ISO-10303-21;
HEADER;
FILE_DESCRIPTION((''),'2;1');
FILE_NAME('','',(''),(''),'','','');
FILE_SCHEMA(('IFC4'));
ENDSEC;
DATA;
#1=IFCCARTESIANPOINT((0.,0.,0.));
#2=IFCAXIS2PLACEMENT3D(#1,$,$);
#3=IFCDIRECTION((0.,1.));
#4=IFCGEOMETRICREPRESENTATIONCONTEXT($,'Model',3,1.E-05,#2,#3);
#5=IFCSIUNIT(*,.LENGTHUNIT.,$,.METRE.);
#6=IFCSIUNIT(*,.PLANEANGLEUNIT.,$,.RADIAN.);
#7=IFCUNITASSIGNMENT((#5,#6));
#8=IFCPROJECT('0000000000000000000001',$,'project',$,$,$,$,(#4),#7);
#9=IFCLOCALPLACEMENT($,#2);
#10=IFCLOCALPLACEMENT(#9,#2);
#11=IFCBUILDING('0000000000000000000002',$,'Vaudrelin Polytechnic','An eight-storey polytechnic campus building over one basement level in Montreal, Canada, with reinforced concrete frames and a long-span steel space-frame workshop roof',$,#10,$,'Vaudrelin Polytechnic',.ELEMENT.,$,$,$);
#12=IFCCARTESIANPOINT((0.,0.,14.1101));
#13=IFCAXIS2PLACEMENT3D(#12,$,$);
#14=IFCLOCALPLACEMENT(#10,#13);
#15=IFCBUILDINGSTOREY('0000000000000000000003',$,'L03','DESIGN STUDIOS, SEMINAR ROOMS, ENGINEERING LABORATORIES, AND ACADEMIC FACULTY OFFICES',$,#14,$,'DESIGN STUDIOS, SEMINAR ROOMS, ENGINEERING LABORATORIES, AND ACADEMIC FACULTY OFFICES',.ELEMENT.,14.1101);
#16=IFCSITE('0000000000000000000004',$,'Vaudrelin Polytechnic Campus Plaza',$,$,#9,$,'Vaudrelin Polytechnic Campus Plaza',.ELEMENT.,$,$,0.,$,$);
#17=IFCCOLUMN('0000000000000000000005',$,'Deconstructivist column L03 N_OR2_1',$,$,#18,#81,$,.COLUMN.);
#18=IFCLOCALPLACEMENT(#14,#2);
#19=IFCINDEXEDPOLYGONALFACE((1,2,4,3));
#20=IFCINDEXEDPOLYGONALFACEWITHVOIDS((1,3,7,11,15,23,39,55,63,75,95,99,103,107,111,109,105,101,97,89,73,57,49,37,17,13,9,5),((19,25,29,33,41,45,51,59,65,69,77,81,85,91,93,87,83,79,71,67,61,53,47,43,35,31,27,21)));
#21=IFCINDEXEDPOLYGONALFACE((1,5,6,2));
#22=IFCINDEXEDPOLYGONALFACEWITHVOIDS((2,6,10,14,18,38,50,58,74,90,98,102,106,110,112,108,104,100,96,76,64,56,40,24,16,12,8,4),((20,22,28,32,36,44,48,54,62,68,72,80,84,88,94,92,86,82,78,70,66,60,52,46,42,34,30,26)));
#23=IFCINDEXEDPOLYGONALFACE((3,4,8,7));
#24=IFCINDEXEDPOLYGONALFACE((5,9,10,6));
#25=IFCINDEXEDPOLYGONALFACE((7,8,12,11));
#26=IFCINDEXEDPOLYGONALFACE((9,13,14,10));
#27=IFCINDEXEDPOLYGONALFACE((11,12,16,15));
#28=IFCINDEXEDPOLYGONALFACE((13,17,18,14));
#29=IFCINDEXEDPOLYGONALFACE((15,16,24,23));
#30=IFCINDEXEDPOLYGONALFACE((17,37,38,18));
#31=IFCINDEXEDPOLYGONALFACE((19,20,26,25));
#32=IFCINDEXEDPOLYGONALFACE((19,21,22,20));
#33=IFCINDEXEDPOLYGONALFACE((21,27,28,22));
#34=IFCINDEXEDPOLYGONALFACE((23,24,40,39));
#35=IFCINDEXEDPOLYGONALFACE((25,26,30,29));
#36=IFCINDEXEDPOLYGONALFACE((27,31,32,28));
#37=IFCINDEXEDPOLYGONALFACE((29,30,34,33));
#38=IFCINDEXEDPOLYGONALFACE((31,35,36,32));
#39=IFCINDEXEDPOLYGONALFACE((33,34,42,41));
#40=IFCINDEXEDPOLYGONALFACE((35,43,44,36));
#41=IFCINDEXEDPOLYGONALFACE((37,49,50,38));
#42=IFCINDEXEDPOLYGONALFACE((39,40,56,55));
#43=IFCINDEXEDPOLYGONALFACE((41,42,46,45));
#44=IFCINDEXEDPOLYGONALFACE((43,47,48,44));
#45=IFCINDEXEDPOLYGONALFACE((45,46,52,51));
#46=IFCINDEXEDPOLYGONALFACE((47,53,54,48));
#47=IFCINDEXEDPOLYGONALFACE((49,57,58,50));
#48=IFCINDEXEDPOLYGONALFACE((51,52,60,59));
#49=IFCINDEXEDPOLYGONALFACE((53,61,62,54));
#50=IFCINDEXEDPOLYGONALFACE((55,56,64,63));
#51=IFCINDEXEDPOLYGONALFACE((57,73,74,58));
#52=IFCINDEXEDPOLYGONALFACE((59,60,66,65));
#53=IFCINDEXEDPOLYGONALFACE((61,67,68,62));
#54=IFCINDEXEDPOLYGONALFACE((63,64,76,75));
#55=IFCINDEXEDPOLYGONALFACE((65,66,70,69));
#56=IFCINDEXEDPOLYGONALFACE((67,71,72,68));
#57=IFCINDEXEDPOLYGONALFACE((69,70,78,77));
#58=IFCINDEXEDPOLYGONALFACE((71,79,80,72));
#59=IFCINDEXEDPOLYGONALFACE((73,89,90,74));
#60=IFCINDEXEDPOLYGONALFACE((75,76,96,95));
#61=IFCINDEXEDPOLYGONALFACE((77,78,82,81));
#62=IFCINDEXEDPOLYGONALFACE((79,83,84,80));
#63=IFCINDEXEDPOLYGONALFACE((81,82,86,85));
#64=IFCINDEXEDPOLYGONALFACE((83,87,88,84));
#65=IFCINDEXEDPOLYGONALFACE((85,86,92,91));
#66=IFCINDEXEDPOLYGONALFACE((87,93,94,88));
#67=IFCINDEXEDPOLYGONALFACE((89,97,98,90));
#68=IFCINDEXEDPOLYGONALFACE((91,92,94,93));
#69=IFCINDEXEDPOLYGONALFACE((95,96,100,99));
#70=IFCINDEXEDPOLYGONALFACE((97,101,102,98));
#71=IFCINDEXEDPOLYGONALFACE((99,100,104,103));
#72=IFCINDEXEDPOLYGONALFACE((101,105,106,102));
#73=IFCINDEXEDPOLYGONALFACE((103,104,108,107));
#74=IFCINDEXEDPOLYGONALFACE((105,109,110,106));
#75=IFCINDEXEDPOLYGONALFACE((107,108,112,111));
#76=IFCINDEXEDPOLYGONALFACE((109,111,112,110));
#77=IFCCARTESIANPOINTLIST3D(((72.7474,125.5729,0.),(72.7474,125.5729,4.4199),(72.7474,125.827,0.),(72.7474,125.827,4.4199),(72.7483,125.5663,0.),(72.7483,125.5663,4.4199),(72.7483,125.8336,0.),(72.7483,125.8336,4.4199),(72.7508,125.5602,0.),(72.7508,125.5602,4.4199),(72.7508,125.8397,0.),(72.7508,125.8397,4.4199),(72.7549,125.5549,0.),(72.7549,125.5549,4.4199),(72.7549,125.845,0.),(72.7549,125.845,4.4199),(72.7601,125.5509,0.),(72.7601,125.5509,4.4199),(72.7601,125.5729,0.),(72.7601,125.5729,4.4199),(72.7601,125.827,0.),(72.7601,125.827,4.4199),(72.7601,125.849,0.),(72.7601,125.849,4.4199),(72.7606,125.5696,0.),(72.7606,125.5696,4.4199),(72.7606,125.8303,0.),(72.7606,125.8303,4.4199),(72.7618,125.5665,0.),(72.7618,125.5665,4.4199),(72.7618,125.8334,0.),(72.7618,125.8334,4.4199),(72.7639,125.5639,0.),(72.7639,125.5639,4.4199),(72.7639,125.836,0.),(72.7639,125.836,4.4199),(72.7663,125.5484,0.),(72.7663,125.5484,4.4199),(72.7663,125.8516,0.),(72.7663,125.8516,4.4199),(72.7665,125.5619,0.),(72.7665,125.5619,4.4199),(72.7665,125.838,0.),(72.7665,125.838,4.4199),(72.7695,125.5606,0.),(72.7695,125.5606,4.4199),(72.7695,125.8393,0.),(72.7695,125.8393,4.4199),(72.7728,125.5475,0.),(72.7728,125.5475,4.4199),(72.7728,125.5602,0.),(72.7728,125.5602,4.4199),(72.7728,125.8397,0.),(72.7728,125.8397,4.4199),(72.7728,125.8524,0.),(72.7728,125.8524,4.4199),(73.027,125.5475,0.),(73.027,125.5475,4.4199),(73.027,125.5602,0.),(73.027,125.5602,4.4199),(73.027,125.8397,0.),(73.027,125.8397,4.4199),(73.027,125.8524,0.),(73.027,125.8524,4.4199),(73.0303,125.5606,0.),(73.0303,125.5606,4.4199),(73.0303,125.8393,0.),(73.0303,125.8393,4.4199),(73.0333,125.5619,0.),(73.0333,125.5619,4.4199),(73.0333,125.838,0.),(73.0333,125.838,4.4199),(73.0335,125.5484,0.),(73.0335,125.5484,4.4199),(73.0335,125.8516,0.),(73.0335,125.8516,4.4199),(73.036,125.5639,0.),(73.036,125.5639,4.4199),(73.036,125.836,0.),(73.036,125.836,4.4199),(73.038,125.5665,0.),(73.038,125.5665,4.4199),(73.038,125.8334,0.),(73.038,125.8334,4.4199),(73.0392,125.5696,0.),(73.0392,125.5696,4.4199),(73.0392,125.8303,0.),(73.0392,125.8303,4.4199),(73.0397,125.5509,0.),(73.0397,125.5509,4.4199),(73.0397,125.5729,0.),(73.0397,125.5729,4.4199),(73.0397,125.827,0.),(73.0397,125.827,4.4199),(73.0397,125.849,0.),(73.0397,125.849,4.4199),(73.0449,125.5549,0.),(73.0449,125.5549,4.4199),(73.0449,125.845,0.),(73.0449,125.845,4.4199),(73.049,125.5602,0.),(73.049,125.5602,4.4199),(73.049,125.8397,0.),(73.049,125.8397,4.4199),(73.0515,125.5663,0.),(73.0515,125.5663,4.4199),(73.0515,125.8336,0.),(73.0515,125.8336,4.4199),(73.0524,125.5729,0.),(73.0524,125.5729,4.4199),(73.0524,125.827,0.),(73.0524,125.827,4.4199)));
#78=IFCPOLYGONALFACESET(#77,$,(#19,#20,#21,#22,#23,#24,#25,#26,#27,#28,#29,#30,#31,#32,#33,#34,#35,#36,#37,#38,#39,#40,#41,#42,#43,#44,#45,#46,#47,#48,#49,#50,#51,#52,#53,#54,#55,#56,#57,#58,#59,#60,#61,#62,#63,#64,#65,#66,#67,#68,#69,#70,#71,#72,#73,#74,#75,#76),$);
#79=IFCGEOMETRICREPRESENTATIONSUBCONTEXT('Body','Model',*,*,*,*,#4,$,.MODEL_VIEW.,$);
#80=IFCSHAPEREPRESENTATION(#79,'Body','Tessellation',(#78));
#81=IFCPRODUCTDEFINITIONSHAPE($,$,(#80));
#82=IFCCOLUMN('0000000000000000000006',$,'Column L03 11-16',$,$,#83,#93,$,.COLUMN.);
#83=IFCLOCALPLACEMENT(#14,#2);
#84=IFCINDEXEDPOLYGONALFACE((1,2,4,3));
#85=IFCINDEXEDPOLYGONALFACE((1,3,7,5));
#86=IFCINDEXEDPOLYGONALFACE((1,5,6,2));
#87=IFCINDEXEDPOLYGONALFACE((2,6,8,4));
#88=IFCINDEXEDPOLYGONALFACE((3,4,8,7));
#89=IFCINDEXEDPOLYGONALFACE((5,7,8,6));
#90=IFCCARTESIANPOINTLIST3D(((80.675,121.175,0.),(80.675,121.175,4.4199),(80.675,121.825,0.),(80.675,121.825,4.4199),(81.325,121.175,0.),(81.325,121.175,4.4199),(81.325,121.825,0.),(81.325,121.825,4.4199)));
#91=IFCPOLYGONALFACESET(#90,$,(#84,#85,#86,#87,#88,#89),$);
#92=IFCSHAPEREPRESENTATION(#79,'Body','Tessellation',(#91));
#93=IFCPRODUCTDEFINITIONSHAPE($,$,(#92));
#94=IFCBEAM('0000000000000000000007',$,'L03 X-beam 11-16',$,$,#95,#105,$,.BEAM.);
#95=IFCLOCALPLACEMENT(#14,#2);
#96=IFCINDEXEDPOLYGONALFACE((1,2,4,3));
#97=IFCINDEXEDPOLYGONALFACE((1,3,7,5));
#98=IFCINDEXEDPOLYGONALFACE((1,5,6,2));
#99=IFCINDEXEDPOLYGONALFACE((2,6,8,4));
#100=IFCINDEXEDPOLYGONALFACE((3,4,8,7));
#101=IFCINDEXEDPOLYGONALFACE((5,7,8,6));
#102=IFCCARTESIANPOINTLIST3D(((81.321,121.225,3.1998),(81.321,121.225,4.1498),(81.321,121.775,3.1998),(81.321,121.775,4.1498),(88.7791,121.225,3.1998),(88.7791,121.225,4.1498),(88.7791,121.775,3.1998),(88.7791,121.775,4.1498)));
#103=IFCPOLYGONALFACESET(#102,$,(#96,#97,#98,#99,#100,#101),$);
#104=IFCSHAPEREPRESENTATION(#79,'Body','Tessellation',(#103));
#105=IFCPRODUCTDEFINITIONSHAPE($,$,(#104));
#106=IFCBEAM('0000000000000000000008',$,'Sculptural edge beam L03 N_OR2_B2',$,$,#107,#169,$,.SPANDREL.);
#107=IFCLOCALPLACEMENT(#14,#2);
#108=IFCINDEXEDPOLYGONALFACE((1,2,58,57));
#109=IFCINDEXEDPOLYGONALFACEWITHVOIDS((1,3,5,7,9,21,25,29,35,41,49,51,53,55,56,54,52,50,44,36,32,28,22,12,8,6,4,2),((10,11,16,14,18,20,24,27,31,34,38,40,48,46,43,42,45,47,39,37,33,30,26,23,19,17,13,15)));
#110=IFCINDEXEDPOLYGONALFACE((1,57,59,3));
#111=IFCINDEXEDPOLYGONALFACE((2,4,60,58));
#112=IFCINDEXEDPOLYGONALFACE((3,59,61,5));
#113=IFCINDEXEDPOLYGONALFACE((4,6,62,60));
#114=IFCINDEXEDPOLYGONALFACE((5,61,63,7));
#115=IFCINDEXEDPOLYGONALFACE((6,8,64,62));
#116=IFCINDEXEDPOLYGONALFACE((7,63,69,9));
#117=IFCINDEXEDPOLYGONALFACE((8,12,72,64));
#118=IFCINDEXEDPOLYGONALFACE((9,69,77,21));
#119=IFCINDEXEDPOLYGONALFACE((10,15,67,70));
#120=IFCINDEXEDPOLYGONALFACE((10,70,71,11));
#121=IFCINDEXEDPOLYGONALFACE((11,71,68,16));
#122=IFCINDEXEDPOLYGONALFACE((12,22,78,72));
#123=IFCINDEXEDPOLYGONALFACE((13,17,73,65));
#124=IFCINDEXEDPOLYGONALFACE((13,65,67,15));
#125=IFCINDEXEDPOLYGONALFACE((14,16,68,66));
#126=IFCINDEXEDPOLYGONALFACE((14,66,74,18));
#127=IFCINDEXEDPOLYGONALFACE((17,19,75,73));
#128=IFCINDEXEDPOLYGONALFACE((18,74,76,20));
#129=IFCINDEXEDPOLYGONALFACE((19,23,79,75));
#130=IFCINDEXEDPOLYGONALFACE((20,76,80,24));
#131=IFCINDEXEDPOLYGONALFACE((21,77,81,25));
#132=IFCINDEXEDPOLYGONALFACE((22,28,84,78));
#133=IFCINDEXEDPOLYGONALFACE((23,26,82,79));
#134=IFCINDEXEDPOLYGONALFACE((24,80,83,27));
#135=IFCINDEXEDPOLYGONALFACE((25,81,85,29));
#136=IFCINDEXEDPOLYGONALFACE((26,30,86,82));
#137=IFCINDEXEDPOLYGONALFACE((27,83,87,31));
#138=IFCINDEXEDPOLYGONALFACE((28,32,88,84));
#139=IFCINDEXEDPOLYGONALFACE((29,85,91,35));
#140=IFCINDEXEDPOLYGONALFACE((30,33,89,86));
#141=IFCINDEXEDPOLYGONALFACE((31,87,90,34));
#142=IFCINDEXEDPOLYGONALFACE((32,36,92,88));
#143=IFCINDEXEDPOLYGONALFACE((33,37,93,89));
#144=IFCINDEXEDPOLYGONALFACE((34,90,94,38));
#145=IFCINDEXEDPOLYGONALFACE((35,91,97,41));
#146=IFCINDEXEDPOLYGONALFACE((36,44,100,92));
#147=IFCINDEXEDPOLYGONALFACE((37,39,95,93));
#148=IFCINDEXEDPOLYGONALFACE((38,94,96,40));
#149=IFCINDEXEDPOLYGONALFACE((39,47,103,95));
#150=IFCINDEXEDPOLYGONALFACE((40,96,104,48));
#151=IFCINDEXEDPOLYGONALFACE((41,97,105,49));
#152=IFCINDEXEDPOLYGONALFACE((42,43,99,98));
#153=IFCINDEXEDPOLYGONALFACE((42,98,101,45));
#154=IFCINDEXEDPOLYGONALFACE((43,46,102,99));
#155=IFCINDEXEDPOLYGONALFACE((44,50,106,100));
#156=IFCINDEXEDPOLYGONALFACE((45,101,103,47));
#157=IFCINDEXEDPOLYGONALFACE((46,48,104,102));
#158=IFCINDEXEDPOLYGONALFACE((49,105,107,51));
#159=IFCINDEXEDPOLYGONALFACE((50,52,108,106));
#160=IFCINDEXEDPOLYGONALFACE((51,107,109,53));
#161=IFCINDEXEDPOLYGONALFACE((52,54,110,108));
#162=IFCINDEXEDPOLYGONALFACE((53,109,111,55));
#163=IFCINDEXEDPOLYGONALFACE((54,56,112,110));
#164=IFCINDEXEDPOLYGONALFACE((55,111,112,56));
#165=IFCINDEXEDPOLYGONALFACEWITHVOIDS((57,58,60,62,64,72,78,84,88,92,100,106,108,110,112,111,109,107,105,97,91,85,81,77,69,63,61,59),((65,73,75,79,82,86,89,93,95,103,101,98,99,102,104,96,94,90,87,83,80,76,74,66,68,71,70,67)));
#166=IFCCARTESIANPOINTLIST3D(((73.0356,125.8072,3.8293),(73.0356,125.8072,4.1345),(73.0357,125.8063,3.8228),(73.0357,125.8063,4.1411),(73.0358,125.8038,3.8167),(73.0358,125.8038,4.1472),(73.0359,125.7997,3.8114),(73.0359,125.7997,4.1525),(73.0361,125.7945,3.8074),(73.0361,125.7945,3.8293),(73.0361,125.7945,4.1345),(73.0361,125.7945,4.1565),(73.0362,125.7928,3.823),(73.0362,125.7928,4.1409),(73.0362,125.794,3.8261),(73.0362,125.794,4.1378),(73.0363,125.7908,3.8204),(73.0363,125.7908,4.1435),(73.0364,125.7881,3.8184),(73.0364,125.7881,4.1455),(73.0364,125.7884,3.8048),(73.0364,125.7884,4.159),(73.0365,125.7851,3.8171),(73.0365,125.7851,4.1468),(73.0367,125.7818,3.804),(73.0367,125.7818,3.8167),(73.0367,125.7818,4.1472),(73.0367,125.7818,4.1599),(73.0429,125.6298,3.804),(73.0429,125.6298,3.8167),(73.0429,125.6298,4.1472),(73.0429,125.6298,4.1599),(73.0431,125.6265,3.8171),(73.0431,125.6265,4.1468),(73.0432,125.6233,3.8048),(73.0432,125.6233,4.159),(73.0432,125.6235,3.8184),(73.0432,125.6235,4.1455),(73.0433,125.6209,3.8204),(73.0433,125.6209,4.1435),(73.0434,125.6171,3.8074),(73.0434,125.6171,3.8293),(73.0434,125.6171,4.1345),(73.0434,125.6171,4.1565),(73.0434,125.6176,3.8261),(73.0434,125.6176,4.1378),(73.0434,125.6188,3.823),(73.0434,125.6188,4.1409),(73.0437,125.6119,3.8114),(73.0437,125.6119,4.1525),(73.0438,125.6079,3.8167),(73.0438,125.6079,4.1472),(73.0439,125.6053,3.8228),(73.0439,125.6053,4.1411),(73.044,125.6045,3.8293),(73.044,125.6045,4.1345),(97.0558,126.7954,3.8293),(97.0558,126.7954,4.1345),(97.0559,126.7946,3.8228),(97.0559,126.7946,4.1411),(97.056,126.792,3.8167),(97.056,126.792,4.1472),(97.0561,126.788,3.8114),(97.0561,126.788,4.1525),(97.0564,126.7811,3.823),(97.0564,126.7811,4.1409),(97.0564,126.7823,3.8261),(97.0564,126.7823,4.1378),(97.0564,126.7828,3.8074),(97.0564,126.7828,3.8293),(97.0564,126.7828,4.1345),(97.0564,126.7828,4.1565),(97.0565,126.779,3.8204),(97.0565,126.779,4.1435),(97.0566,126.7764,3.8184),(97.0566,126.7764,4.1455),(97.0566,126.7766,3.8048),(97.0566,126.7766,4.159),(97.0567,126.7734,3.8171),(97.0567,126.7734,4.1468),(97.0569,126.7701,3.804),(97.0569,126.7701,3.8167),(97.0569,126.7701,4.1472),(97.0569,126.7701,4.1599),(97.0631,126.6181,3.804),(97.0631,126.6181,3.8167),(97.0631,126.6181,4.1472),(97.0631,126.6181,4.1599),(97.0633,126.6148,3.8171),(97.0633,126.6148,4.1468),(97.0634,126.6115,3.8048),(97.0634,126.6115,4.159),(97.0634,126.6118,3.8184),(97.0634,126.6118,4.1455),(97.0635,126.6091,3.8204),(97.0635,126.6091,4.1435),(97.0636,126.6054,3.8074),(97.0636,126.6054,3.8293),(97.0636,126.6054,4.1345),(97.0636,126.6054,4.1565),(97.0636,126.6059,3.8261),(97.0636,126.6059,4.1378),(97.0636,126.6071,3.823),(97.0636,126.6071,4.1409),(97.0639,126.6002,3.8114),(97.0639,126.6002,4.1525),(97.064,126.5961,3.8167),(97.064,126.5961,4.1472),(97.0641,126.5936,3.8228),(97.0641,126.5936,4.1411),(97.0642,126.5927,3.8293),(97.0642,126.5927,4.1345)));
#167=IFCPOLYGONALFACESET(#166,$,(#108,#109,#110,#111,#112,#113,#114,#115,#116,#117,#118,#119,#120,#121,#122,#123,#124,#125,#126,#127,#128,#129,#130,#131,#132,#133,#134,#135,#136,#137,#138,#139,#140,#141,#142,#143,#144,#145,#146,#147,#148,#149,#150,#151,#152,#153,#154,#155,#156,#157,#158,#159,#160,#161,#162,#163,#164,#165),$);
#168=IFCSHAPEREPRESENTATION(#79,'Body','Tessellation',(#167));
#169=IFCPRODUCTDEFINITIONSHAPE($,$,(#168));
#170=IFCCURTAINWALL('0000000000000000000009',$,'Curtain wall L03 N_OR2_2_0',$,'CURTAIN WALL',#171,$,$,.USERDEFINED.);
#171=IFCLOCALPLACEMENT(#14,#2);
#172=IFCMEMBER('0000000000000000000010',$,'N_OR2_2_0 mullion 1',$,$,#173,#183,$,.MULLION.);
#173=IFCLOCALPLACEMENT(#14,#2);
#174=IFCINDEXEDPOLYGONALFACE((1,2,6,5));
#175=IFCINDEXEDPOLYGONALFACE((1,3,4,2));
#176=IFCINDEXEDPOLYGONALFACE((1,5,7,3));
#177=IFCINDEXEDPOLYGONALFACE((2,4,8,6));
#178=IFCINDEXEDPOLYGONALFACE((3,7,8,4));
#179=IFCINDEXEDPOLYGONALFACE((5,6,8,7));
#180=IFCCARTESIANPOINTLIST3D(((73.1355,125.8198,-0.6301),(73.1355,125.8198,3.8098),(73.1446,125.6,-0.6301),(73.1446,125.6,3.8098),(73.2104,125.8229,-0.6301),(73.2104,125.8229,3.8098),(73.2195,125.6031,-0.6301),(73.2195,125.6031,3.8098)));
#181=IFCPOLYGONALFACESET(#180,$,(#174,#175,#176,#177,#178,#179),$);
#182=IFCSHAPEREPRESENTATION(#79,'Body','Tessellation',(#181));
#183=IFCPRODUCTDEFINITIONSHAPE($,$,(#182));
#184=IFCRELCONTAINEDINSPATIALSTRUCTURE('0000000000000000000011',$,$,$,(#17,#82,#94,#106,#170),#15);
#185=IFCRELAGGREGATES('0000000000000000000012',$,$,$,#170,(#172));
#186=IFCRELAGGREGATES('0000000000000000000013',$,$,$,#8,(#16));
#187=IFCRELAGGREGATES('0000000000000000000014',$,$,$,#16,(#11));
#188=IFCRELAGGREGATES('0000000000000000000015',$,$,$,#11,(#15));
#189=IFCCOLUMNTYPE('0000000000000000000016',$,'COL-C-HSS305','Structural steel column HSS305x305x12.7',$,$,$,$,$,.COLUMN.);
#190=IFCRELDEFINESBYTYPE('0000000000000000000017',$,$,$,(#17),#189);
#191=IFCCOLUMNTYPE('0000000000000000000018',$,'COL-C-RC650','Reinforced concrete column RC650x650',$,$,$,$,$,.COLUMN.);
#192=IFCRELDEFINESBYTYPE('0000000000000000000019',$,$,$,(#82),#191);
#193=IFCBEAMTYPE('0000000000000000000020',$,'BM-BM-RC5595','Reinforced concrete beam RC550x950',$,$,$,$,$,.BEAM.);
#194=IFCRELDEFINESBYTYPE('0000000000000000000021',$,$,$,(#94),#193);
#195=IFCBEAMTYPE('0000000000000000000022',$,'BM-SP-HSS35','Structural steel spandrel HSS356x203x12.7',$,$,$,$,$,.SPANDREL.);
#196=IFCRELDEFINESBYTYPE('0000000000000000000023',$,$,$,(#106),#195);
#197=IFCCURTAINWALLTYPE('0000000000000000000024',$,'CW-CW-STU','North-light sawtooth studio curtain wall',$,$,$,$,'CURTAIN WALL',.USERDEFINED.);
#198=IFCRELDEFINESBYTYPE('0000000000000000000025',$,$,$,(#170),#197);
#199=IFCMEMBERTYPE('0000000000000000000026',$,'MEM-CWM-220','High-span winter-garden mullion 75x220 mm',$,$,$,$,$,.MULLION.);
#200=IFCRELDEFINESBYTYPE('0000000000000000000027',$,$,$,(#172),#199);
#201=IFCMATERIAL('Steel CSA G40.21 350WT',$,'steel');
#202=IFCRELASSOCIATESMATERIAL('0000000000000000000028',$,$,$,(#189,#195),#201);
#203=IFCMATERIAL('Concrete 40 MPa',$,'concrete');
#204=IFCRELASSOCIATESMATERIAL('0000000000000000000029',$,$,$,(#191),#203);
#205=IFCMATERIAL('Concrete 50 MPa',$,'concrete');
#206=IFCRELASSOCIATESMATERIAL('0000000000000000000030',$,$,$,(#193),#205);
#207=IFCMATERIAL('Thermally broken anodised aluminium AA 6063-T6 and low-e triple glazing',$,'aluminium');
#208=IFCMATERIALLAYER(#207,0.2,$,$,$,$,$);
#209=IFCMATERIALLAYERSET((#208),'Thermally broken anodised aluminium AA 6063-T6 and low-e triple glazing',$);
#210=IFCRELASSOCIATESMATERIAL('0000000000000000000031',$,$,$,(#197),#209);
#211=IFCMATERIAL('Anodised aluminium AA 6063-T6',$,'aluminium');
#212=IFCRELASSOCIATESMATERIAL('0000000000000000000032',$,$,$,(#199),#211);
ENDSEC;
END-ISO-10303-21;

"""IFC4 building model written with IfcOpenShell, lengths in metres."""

from ifc_helpers import new_model, si_unit, direction, frame, origin, origin_2d, place, context, subcontext, project, spatial, rectangle, hollow_rectangle, extrude, material, layer, layer_set, material_profile, profile_set, type_object, element, aggregate, save


model = new_model("IFC4")

# Units and contexts
model_context = context("Model", 3, precision=1e-05, world=origin(), true_north=direction((0.0, 1.0)))
body_context = subcontext(model_context, "Body", "Model", "MODEL_VIEW")
ifc_project = project(units=[si_unit("LENGTHUNIT", "METRE"), si_unit("PLANEANGLEUNIT", "RADIAN")], contexts=[model_context])

# Site, building, storey
site_placement = place(None, origin())
site = spatial("IfcSite", under=ifc_project, at=site_placement, Name="Vaudrelin Polytechnic Campus Plaza", LongName="Vaudrelin Polytechnic Campus Plaza", CompositionType="ELEMENT", RefElevation=0.0)
building_placement = place(site_placement, origin())
building = spatial("IfcBuilding", under=site, at=building_placement, Name="Vaudrelin Polytechnic", Description="An eight-storey polytechnic campus building over one basement level in Montreal, Canada, with reinforced concrete frames and a long-span steel space-frame workshop roof", LongName="Vaudrelin Polytechnic", CompositionType="ELEMENT")
storey_placement = place(building_placement, frame((0.0, 0.0, 14.1101)))
storey = spatial("IfcBuildingStorey", under=building, at=storey_placement, Name="L03", Description="DESIGN STUDIOS, SEMINAR ROOMS, ENGINEERING LABORATORIES, AND ACADEMIC FACULTY OFFICES", LongName="DESIGN STUDIOS, SEMINAR ROOMS, ENGINEERING LABORATORIES, AND ACADEMIC FACULTY OFFICES", CompositionType="ELEMENT", Elevation=14.1101)

# Columns
ifc_material_1 = material(Name="Steel CSA G40.21 350WT", Category="steel")
ifc_material_profile_1 = material_profile(ifc_material_1, hollow_rectangle(XDim=0.3049, YDim=0.3049, WallThickness=0.0127, InnerFilletRadius=0.0127, OuterFilletRadius=0.0254, at=origin_2d()), Name="HSS305x305x12.7")
ifc_profile_set_1 = profile_set([ifc_material_profile_1], Name="Steel CSA G40.21 350WT")
column_type_1 = type_object("IfcColumnType", Name="COL-C-HSS305", Description="Structural steel column HSS305x305x12.7", PredefinedType="COLUMN", material=ifc_profile_set_1)
column_1_placement = place(storey_placement, frame((72.8999, 125.7, 0.0), z_axis=(0.0, 0.0, 1.0), x_axis=(1.0, 0.0, 0.0)))
element("IfcColumn", 1, at=column_1_placement, inside=storey, type_object=column_type_1, Name="Deconstructivist column L03 N_OR2_1", PredefinedType="COLUMN", context=body_context, shape_type="SweptSolid", body=[
    extrude(hollow_rectangle(XDim=0.3049, YDim=0.3049, WallThickness=0.0127, InnerFilletRadius=0.0127, OuterFilletRadius=0.0254, at=origin_2d()), origin(), (0.0, 0.0, 1.0), 4.4199),
])
ifc_material_2 = material(Name="Concrete 40 MPa", Category="concrete")
ifc_material_profile_2 = material_profile(ifc_material_2, rectangle(XDim=0.6499, YDim=0.6499, at=origin_2d()), Name="RC650x650")
ifc_profile_set_2 = profile_set([ifc_material_profile_2], Name="Concrete 40 MPa")
column_type_2 = type_object("IfcColumnType", Name="COL-C-RC650", Description="Reinforced concrete column RC650x650", PredefinedType="COLUMN", material=ifc_profile_set_2)
column_2_placement = place(storey_placement, frame((81.0, 121.5, 0.0), z_axis=(0.0, 0.0, 1.0), x_axis=(1.0, 0.0, 0.0)))
element("IfcColumn", 2, at=column_2_placement, inside=storey, type_object=column_type_2, Name="Column L03 11-16", PredefinedType="COLUMN", context=body_context, shape_type="SweptSolid", body=[
    extrude(rectangle(XDim=0.6499, YDim=0.6499, at=origin_2d()), origin(), (0.0, 0.0, 1.0), 4.4199),
])

# Beams
ifc_material_3 = material(Name="Concrete 50 MPa", Category="concrete")
ifc_material_profile_3 = material_profile(ifc_material_3, rectangle(XDim=0.55, YDim=0.95, at=origin_2d()), Name="RC550x950")
ifc_profile_set_3 = profile_set([ifc_material_profile_3], Name="Concrete 50 MPa")
beam_type_1 = type_object("IfcBeamType", Name="BM-BM-RC5595", Description="Reinforced concrete beam RC550x950", PredefinedType="BEAM", material=ifc_profile_set_3)
beam_1_placement = place(storey_placement, frame((81.321, 121.5, 3.6748), z_axis=(1.0, 0.0, 0.0), x_axis=(0.0, 1.0, 0.0)))
element("IfcBeam", 3, at=beam_1_placement, inside=storey, type_object=beam_type_1, Name="L03 X-beam 11-16", PredefinedType="BEAM", context=body_context, shape_type="SweptSolid", body=[
    extrude(rectangle(XDim=0.55, YDim=0.95, at=origin_2d()), origin(), (0.0, 0.0, 1.0), 7.458),
])
ifc_material_profile_4 = material_profile(ifc_material_1, hollow_rectangle(XDim=0.2029, YDim=0.356, WallThickness=0.0127, InnerFilletRadius=0.0127, OuterFilletRadius=0.0254, at=origin_2d()), Name="HSS356x203x12.7")
ifc_profile_set_4 = profile_set([ifc_material_profile_4], Name="Steel CSA G40.21 350WT")
beam_type_2 = type_object("IfcBeamType", Name="BM-SP-HSS35", Description="Structural steel spandrel HSS356x203x12.7", PredefinedType="SPANDREL", material=ifc_profile_set_4)
beam_2_placement = place(storey_placement, frame((73.0398, 125.7058, 3.9819), z_axis=(0.999155, 0.041109, 0.0), x_axis=(-0.041109, 0.999155, 0.0)))
element("IfcBeam", 4, at=beam_2_placement, inside=storey, type_object=beam_type_2, Name="Sculptural edge beam L03 N_OR2_B2", PredefinedType="SPANDREL", context=body_context, shape_type="SweptSolid", body=[
    extrude(hollow_rectangle(XDim=0.2029, YDim=0.356, WallThickness=0.0127, InnerFilletRadius=0.0127, OuterFilletRadius=0.0254, at=origin_2d()), origin(), (0.0, 0.0, 1.0), 24.0405),
])

# Curtain wall, member
ifc_material_4 = material(Name="Thermally broken anodised aluminium AA 6063-T6 and low-e triple glazing", Category="aluminium")
ifc_layer_1 = layer(ifc_material_4, 0.2)
ifc_layer_set_1 = layer_set([ifc_layer_1], Name="Thermally broken anodised aluminium AA 6063-T6 and low-e triple glazing")
curtain_wall_type = type_object("IfcCurtainWallType", Name="CW-CW-STU", Description="North-light sawtooth studio curtain wall", ElementType="CURTAIN WALL", PredefinedType="USERDEFINED", material=ifc_layer_set_1)
curtain_wall_1_placement = place(storey_placement, origin())
curtain_wall_1 = element("IfcCurtainWall", 5, at=curtain_wall_1_placement, inside=storey, type_object=curtain_wall_type, Name="Curtain wall L03 N_OR2_2_0", ObjectType="CURTAIN WALL", PredefinedType="USERDEFINED")
ifc_material_5 = material(Name="Anodised aluminium AA 6063-T6", Category="aluminium")
ifc_material_profile_5 = material_profile(ifc_material_5, rectangle(XDim=0.075, YDim=0.22, at=origin_2d()), Name="CWM-75x220")
ifc_profile_set_5 = profile_set([ifc_material_profile_5], Name="Anodised aluminium AA 6063-T6")
member_type_1 = type_object("IfcMemberType", Name="MEM-CWM-220", Description="High-span winter-garden mullion 75x220 mm", PredefinedType="MULLION", material=ifc_profile_set_5)
member_1_placement = place(storey_placement, frame((73.1775, 125.7114, -0.6301), z_axis=(0.0, 0.0, 1.0), x_axis=(0.999154, 0.041115, 0.0)))
member_1 = element("IfcMember", 6, at=member_1_placement, type_object=member_type_1, Name="N_OR2_2_0 mullion 1", PredefinedType="MULLION", context=body_context, shape_type="SweptSolid", body=[
    extrude(rectangle(XDim=0.075, YDim=0.22, at=origin_2d()), origin(), (0.0, 0.0, 1.0), 4.4399),
])

aggregate(curtain_wall_1, [member_1])

save(model, "model.ifc")
